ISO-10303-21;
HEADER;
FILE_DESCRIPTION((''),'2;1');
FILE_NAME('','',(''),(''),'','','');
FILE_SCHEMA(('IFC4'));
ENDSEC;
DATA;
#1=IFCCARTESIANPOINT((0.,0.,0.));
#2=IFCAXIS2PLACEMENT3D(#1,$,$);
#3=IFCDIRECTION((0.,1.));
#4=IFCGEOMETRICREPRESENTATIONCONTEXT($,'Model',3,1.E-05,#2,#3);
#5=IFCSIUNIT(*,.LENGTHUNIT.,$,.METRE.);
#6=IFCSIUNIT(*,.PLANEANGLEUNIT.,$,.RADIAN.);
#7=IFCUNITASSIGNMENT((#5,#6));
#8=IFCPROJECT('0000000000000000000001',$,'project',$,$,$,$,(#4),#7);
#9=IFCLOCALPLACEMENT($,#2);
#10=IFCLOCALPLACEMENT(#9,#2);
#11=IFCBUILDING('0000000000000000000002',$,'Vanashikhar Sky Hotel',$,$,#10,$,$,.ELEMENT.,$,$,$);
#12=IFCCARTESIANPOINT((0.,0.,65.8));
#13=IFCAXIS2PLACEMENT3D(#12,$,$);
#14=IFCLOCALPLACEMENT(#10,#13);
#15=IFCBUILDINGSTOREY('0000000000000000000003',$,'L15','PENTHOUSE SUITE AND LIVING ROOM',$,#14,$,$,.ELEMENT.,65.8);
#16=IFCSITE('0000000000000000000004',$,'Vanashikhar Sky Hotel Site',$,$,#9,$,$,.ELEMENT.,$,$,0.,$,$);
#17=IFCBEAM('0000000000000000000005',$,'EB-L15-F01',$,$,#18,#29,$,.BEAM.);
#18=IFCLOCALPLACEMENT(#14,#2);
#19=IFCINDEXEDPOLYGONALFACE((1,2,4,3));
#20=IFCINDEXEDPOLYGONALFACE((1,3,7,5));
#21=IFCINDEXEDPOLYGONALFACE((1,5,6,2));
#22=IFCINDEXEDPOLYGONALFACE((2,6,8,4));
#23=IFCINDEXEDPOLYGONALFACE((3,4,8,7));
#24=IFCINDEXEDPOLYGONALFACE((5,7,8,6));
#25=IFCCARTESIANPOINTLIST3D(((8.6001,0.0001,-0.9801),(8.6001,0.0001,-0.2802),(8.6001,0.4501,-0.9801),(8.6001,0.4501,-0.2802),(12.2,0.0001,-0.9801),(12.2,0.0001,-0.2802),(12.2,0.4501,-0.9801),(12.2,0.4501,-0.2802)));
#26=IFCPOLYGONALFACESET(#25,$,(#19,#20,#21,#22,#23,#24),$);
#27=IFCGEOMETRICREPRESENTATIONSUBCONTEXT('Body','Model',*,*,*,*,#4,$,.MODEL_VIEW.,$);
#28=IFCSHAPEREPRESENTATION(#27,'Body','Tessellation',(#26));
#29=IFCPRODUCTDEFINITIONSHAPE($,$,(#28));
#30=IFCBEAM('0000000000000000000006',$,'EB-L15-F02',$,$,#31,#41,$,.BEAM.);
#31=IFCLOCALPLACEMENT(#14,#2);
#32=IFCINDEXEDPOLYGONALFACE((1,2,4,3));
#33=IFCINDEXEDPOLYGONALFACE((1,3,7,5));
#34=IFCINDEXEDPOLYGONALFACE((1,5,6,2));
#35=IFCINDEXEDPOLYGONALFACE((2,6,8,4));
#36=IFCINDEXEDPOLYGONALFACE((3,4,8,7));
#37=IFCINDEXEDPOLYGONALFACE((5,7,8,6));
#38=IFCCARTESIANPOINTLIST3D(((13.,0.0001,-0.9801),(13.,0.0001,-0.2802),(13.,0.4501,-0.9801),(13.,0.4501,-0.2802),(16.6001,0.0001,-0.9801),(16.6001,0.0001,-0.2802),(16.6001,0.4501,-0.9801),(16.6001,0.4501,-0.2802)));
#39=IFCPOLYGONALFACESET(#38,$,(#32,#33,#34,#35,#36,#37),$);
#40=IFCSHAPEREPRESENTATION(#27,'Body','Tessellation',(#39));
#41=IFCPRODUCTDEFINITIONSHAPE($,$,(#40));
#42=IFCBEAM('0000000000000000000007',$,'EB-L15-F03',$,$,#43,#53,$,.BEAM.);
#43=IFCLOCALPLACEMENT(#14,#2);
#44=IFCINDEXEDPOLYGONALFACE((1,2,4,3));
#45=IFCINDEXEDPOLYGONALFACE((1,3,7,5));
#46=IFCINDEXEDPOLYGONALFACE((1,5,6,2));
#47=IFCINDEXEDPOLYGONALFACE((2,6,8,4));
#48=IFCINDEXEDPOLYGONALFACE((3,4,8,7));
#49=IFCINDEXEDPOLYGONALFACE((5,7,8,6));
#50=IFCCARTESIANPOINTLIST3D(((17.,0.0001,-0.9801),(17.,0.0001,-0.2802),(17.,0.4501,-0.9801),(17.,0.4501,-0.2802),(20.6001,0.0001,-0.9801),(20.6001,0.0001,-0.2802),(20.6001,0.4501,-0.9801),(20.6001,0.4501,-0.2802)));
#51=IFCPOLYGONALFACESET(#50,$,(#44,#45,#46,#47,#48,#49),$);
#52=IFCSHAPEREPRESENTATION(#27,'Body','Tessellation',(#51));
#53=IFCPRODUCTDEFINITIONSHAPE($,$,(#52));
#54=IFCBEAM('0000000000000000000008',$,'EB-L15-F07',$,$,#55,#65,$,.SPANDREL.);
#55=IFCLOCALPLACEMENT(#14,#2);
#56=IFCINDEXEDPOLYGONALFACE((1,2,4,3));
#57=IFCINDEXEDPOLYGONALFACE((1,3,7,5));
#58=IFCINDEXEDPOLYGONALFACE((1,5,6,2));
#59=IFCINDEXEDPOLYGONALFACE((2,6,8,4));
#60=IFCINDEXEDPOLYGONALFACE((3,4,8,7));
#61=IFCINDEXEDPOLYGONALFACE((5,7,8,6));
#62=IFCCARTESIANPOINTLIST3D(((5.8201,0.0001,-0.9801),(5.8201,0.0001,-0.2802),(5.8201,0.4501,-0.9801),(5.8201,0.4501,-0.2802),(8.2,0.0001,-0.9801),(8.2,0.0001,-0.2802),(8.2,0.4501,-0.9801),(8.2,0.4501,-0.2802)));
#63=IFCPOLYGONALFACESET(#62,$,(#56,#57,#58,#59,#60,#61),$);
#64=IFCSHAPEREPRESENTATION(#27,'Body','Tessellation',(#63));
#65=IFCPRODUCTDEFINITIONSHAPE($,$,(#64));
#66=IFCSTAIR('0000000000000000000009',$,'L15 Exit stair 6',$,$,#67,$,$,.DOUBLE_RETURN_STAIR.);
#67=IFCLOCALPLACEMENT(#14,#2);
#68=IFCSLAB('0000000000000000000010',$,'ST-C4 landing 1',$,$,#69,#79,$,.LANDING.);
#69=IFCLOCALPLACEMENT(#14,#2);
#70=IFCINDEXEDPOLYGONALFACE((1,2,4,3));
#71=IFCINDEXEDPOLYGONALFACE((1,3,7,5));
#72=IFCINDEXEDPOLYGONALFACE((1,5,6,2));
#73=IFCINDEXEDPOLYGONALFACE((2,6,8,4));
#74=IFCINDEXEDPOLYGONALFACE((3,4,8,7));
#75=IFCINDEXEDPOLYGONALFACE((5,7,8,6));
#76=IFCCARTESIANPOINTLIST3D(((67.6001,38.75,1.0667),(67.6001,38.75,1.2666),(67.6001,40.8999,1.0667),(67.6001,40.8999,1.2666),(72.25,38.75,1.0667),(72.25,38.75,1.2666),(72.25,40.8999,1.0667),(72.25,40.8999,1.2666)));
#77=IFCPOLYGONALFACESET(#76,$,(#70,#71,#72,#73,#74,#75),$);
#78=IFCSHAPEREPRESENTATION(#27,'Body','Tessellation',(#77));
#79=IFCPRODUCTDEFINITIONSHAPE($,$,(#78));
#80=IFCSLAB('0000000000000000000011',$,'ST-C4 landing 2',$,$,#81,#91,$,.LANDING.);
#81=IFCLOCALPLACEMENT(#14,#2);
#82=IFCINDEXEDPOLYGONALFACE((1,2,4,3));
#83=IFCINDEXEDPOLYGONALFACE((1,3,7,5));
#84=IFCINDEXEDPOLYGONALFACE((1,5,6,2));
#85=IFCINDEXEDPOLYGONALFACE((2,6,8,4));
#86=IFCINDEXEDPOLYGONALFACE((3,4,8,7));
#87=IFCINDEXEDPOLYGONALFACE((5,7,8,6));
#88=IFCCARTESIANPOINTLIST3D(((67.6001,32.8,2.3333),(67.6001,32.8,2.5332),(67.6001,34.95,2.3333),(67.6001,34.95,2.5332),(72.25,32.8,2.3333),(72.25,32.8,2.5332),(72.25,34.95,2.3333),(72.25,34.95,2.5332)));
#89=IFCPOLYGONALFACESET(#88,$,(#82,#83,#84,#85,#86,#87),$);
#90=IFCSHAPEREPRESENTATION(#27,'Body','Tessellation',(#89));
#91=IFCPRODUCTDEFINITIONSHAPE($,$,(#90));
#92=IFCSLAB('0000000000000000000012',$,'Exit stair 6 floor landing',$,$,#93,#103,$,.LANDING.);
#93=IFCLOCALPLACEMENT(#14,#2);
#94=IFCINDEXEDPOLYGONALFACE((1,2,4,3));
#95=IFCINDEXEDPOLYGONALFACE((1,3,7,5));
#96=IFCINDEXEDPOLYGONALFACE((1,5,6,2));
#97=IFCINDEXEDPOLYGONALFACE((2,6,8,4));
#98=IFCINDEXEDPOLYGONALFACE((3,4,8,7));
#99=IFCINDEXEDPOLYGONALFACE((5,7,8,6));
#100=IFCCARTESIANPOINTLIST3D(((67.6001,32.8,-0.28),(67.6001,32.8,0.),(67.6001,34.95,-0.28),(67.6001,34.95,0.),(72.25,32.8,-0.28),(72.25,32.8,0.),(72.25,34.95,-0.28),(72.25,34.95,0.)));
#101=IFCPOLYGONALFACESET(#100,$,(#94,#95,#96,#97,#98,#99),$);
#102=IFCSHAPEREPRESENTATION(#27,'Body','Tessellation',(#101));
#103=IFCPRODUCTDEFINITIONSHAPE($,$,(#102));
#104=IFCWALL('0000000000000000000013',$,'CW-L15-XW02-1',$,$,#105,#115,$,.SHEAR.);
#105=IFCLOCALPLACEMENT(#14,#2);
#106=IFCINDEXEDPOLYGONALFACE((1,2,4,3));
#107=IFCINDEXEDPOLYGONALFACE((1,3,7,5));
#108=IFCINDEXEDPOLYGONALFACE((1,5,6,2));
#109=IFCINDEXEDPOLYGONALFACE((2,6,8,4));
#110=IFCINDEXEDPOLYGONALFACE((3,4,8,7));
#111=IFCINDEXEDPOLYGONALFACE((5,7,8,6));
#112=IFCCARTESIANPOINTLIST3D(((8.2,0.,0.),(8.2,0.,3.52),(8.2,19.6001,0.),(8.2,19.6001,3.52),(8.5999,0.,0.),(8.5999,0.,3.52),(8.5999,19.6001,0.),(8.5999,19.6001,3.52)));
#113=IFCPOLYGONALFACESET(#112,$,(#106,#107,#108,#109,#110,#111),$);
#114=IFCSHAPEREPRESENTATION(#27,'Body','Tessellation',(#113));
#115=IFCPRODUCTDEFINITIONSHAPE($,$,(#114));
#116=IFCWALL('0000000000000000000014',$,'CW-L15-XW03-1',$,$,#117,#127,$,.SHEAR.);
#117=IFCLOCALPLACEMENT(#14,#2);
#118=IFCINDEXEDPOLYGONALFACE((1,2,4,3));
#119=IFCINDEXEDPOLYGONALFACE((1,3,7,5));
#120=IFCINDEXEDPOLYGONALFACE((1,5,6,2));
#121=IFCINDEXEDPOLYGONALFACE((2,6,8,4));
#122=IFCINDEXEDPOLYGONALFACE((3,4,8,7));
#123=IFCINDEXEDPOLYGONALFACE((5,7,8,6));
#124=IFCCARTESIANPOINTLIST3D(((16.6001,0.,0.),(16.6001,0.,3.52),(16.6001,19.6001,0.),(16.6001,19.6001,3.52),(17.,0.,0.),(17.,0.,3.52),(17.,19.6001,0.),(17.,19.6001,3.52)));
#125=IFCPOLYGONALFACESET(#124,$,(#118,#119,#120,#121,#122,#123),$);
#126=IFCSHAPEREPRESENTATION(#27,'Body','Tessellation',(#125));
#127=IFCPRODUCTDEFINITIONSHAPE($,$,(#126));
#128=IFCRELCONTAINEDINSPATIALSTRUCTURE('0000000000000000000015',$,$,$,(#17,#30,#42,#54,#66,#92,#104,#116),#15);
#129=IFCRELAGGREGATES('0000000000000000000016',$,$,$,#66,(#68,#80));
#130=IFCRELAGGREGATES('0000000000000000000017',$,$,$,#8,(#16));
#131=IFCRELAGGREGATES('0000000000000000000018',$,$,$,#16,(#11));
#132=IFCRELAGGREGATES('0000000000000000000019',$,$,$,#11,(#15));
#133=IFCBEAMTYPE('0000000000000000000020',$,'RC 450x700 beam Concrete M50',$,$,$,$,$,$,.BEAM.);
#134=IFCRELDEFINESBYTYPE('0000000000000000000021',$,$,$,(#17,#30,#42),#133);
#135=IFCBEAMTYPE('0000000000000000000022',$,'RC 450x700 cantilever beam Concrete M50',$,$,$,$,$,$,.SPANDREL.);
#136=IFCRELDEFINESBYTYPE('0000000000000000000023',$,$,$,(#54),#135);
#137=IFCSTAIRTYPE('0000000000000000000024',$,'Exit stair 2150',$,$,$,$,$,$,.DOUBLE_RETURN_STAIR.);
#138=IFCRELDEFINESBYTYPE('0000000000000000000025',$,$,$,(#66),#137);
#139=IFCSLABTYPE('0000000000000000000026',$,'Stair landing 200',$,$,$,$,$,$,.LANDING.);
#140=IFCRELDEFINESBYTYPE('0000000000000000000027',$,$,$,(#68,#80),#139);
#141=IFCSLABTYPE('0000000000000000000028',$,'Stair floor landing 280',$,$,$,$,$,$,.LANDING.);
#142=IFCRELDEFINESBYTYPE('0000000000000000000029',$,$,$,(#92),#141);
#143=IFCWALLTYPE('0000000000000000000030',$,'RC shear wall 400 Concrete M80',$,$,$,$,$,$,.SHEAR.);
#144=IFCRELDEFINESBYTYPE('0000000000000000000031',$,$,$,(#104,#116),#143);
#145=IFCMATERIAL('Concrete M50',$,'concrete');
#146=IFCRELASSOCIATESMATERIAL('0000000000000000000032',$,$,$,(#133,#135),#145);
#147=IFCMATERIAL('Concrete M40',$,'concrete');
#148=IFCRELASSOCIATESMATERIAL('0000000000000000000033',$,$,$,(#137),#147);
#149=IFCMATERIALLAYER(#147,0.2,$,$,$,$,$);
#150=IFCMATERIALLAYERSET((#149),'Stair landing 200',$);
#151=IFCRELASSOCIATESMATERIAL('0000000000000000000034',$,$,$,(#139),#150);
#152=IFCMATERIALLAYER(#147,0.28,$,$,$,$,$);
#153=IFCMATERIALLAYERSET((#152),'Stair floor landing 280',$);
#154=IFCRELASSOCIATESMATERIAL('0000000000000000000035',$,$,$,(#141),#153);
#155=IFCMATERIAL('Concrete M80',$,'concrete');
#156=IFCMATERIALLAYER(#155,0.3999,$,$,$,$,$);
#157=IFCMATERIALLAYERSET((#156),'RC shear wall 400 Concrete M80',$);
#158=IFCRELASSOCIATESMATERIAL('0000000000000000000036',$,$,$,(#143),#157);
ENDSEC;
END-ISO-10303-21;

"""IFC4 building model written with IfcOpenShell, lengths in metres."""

from ifc_helpers import new_model, si_unit, direction, frame, frame_2d, origin, origin_2d, place, context, subcontext, project, spatial, polyline, rectangle, outline, extrude, source, transform, mapped, material, layer, layer_set, material_profile, profile_set, type_object, element, aggregate, save


model = new_model("IFC4")

# Units and contexts
model_context = context("Model", 3, precision=1e-05, world=origin(), true_north=direction((0.0, 1.0)))
body_context = subcontext(model_context, "Body", "Model", "MODEL_VIEW")
ifc_project = project(units=[si_unit("LENGTHUNIT", "METRE"), si_unit("PLANEANGLEUNIT", "RADIAN")], contexts=[model_context])

# Site, building, storey
site_placement = place(None, origin())
site = spatial("IfcSite", under=ifc_project, at=site_placement, Name="Vanashikhar Sky Hotel Site", CompositionType="ELEMENT", RefElevation=0.0)
building_placement = place(site_placement, origin())
building = spatial("IfcBuilding", under=site, at=building_placement, Name="Vanashikhar Sky Hotel", CompositionType="ELEMENT")
storey_placement = place(building_placement, frame((0.0, 0.0, 65.8)))
storey = spatial("IfcBuildingStorey", under=building, at=storey_placement, Name="L15", Description="PENTHOUSE SUITE AND LIVING ROOM", CompositionType="ELEMENT", Elevation=65.8)

# Beams
ifc_material_1 = material(Name="Concrete M50", Category="concrete")
ifc_material_profile_1 = material_profile(ifc_material_1, rectangle(XDim=0.45, YDim=0.7, at=origin_2d()))
ifc_profile_set_1 = profile_set([ifc_material_profile_1], Name="RC 450x700 beam Concrete M50")
beam_type_1 = type_object("IfcBeamType", Name="RC 450x700 beam Concrete M50", PredefinedType="BEAM", material=ifc_profile_set_1)
shared_shape_1 = source(origin(), body_context, "Body", "SweptSolid", [
    extrude(rectangle(XDim=0.45, YDim=0.7, at=origin_2d()), origin(), (0.0, 0.0, 1.0), 3.5999),
])
beam_1_placement = place(storey_placement, frame((8.6001, 0.2251, -0.6301), z_axis=(1.0, 0.0, 0.0), x_axis=(0.0, 1.0, 0.0)))
element("IfcBeam", 1, at=beam_1_placement, inside=storey, type_object=beam_type_1, Name="EB-L15-F01", PredefinedType="BEAM", context=body_context, shape_type="MappedRepresentation", body=[
    mapped(shared_shape_1, transform((0.0, 0.0, 0.0), scale=1.0)),
])
shared_shape_2 = source(origin(), body_context, "Body", "SweptSolid", [
    extrude(rectangle(XDim=0.45, YDim=0.7, at=origin_2d()), origin(), (0.0, 0.0, 1.0), 3.6001),
])
for number, where, z_axis, x_axis, name in (
    (2, (13.0, 0.2251, -0.6301), (1.0, 0.0, 0.0), (0.0, 1.0, 0.0), "EB-L15-F02"),
    (3, (17.0, 0.2251, -0.6301), (1.0, 0.0, 0.0), (0.0, 1.0, 0.0), "EB-L15-F03"),
):
    element("IfcBeam", number, at=place(storey_placement, frame(where, z_axis=z_axis, x_axis=x_axis)), inside=storey, type_object=beam_type_1, Name=name, PredefinedType="BEAM", context=body_context, shape_type="MappedRepresentation", body=[
        mapped(shared_shape_2, transform((0.0, 0.0, 0.0), scale=1.0)),
    ])
ifc_material_profile_2 = material_profile(ifc_material_1, rectangle(XDim=0.45, YDim=0.7, at=origin_2d()))
ifc_profile_set_2 = profile_set([ifc_material_profile_2], Name="RC 450x700 cantilever beam Concrete M50")
beam_type_2 = type_object("IfcBeamType", Name="RC 450x700 cantilever beam Concrete M50", PredefinedType="SPANDREL", material=ifc_profile_set_2)
shared_shape_3 = source(origin(), body_context, "Body", "SweptSolid", [
    extrude(rectangle(XDim=0.45, YDim=0.7, at=origin_2d()), origin(), (0.0, 0.0, 1.0), 2.3799),
])
beam_2_placement = place(storey_placement, frame((5.8201, 0.2251, -0.6301), z_axis=(1.0, 0.0, 0.0), x_axis=(0.0, 1.0, 0.0)))
element("IfcBeam", 4, at=beam_2_placement, inside=storey, type_object=beam_type_2, Name="EB-L15-F07", PredefinedType="SPANDREL", context=body_context, shape_type="MappedRepresentation", body=[
    mapped(shared_shape_3, transform((0.0, 0.0, 0.0), scale=1.0)),
])

# Stair, slabs
ifc_material_2 = material(Name="Concrete M40", Category="concrete")
stair_type = type_object("IfcStairType", Name="Exit stair 2150", PredefinedType="DOUBLE_RETURN_STAIR", material=ifc_material_2)
stair_placement = place(storey_placement, origin())
stair = element("IfcStair", 5, at=stair_placement, inside=storey, type_object=stair_type, Name="L15 Exit stair 6", PredefinedType="DOUBLE_RETURN_STAIR")
ifc_layer_1 = layer(ifc_material_2, 0.2)
ifc_layer_set_1 = layer_set([ifc_layer_1], Name="Stair landing 200")
slab_type_1 = type_object("IfcSlabType", Name="Stair landing 200", PredefinedType="LANDING", material=ifc_layer_set_1)
shared_shape_4 = source(origin(), body_context, "Body", "SweptSolid", [
    extrude(outline(polyline([(72.25, 38.75), (72.25, 40.8999), (67.6001, 40.8999), (67.6001, 38.75), (72.25, 38.75)])), origin(), (0.0, 0.0, 1.0), 0.2),
])
slab_1_placement = place(storey_placement, frame((0.0, 0.0, 1.0667)))
slab_1 = element("IfcSlab", 6, at=slab_1_placement, type_object=slab_type_1, Name="ST-C4 landing 1", PredefinedType="LANDING", context=body_context, shape_type="MappedRepresentation", body=[
    mapped(shared_shape_4, transform((0.0, 0.0, 0.0), scale=1.0)),
])
shared_shape_5 = source(origin(), body_context, "Body", "SweptSolid", [
    extrude(outline(polyline([(72.25, 32.8), (72.25, 34.95), (67.6001, 34.95), (67.6001, 32.8), (72.25, 32.8)])), origin(), (0.0, 0.0, 1.0), 0.2),
])
slab_2_placement = place(storey_placement, frame((0.0, 0.0, 2.3333)))
slab_2 = element("IfcSlab", 7, at=slab_2_placement, type_object=slab_type_1, Name="ST-C4 landing 2", PredefinedType="LANDING", context=body_context, shape_type="MappedRepresentation", body=[
    mapped(shared_shape_5, transform((0.0, 0.0, 0.0), scale=1.0)),
])
aggregate(stair, [slab_1, slab_2])

# Slab
ifc_layer_2 = layer(ifc_material_2, 0.28)
ifc_layer_set_2 = layer_set([ifc_layer_2], Name="Stair floor landing 280")
slab_type_2 = type_object("IfcSlabType", Name="Stair floor landing 280", PredefinedType="LANDING", material=ifc_layer_set_2)
shared_shape_6 = source(origin(), body_context, "Body", "SweptSolid", [
    extrude(outline(polyline([(72.25, 32.8), (72.25, 34.95), (67.6001, 34.95), (67.6001, 32.8), (72.25, 32.8)])), origin(), (0.0, 0.0, 1.0), 0.28),
])
slab_3_placement = place(storey_placement, frame((0.0, 0.0, -0.28)))
element("IfcSlab", 8, at=slab_3_placement, inside=storey, type_object=slab_type_2, Name="Exit stair 6 floor landing", PredefinedType="LANDING", context=body_context, shape_type="MappedRepresentation", body=[
    mapped(shared_shape_6, transform((0.0, 0.0, 0.0), scale=1.0)),
])

# Walls
ifc_material_3 = material(Name="Concrete M80", Category="concrete")
ifc_layer_3 = layer(ifc_material_3, 0.3999)
ifc_layer_set_3 = layer_set([ifc_layer_3], Name="RC shear wall 400 Concrete M80")
wall_type_1 = type_object("IfcWallType", Name="RC shear wall 400 Concrete M80", PredefinedType="SHEAR", material=ifc_layer_set_3)
shared_shape_7 = source(origin(), body_context, "Body", "SweptSolid", [
    extrude(rectangle(XDim=19.6001, YDim=0.3999, at=frame_2d((9.8, 0.0))), origin(), (0.0, 0.0, 1.0), 3.52),
])
for number, where, z_axis, x_axis, name in (
    (9, (8.3999, 0.0, 0.0), (0.0, 0.0, 1.0), (0.0, 1.0, 0.0), "CW-L15-XW02-1"),
    (10, (16.8, 0.0, 0.0), (0.0, 0.0, 1.0), (0.0, 1.0, 0.0), "CW-L15-XW03-1"),
):
    element("IfcWall", number, at=place(storey_placement, frame(where, z_axis=z_axis, x_axis=x_axis)), inside=storey, type_object=wall_type_1, Name=name, PredefinedType="SHEAR", context=body_context, shape_type="MappedRepresentation", body=[
        mapped(shared_shape_7, transform((0.0, 0.0, 0.0), scale=1.0)),
    ])

save(model, "model.ifc")
